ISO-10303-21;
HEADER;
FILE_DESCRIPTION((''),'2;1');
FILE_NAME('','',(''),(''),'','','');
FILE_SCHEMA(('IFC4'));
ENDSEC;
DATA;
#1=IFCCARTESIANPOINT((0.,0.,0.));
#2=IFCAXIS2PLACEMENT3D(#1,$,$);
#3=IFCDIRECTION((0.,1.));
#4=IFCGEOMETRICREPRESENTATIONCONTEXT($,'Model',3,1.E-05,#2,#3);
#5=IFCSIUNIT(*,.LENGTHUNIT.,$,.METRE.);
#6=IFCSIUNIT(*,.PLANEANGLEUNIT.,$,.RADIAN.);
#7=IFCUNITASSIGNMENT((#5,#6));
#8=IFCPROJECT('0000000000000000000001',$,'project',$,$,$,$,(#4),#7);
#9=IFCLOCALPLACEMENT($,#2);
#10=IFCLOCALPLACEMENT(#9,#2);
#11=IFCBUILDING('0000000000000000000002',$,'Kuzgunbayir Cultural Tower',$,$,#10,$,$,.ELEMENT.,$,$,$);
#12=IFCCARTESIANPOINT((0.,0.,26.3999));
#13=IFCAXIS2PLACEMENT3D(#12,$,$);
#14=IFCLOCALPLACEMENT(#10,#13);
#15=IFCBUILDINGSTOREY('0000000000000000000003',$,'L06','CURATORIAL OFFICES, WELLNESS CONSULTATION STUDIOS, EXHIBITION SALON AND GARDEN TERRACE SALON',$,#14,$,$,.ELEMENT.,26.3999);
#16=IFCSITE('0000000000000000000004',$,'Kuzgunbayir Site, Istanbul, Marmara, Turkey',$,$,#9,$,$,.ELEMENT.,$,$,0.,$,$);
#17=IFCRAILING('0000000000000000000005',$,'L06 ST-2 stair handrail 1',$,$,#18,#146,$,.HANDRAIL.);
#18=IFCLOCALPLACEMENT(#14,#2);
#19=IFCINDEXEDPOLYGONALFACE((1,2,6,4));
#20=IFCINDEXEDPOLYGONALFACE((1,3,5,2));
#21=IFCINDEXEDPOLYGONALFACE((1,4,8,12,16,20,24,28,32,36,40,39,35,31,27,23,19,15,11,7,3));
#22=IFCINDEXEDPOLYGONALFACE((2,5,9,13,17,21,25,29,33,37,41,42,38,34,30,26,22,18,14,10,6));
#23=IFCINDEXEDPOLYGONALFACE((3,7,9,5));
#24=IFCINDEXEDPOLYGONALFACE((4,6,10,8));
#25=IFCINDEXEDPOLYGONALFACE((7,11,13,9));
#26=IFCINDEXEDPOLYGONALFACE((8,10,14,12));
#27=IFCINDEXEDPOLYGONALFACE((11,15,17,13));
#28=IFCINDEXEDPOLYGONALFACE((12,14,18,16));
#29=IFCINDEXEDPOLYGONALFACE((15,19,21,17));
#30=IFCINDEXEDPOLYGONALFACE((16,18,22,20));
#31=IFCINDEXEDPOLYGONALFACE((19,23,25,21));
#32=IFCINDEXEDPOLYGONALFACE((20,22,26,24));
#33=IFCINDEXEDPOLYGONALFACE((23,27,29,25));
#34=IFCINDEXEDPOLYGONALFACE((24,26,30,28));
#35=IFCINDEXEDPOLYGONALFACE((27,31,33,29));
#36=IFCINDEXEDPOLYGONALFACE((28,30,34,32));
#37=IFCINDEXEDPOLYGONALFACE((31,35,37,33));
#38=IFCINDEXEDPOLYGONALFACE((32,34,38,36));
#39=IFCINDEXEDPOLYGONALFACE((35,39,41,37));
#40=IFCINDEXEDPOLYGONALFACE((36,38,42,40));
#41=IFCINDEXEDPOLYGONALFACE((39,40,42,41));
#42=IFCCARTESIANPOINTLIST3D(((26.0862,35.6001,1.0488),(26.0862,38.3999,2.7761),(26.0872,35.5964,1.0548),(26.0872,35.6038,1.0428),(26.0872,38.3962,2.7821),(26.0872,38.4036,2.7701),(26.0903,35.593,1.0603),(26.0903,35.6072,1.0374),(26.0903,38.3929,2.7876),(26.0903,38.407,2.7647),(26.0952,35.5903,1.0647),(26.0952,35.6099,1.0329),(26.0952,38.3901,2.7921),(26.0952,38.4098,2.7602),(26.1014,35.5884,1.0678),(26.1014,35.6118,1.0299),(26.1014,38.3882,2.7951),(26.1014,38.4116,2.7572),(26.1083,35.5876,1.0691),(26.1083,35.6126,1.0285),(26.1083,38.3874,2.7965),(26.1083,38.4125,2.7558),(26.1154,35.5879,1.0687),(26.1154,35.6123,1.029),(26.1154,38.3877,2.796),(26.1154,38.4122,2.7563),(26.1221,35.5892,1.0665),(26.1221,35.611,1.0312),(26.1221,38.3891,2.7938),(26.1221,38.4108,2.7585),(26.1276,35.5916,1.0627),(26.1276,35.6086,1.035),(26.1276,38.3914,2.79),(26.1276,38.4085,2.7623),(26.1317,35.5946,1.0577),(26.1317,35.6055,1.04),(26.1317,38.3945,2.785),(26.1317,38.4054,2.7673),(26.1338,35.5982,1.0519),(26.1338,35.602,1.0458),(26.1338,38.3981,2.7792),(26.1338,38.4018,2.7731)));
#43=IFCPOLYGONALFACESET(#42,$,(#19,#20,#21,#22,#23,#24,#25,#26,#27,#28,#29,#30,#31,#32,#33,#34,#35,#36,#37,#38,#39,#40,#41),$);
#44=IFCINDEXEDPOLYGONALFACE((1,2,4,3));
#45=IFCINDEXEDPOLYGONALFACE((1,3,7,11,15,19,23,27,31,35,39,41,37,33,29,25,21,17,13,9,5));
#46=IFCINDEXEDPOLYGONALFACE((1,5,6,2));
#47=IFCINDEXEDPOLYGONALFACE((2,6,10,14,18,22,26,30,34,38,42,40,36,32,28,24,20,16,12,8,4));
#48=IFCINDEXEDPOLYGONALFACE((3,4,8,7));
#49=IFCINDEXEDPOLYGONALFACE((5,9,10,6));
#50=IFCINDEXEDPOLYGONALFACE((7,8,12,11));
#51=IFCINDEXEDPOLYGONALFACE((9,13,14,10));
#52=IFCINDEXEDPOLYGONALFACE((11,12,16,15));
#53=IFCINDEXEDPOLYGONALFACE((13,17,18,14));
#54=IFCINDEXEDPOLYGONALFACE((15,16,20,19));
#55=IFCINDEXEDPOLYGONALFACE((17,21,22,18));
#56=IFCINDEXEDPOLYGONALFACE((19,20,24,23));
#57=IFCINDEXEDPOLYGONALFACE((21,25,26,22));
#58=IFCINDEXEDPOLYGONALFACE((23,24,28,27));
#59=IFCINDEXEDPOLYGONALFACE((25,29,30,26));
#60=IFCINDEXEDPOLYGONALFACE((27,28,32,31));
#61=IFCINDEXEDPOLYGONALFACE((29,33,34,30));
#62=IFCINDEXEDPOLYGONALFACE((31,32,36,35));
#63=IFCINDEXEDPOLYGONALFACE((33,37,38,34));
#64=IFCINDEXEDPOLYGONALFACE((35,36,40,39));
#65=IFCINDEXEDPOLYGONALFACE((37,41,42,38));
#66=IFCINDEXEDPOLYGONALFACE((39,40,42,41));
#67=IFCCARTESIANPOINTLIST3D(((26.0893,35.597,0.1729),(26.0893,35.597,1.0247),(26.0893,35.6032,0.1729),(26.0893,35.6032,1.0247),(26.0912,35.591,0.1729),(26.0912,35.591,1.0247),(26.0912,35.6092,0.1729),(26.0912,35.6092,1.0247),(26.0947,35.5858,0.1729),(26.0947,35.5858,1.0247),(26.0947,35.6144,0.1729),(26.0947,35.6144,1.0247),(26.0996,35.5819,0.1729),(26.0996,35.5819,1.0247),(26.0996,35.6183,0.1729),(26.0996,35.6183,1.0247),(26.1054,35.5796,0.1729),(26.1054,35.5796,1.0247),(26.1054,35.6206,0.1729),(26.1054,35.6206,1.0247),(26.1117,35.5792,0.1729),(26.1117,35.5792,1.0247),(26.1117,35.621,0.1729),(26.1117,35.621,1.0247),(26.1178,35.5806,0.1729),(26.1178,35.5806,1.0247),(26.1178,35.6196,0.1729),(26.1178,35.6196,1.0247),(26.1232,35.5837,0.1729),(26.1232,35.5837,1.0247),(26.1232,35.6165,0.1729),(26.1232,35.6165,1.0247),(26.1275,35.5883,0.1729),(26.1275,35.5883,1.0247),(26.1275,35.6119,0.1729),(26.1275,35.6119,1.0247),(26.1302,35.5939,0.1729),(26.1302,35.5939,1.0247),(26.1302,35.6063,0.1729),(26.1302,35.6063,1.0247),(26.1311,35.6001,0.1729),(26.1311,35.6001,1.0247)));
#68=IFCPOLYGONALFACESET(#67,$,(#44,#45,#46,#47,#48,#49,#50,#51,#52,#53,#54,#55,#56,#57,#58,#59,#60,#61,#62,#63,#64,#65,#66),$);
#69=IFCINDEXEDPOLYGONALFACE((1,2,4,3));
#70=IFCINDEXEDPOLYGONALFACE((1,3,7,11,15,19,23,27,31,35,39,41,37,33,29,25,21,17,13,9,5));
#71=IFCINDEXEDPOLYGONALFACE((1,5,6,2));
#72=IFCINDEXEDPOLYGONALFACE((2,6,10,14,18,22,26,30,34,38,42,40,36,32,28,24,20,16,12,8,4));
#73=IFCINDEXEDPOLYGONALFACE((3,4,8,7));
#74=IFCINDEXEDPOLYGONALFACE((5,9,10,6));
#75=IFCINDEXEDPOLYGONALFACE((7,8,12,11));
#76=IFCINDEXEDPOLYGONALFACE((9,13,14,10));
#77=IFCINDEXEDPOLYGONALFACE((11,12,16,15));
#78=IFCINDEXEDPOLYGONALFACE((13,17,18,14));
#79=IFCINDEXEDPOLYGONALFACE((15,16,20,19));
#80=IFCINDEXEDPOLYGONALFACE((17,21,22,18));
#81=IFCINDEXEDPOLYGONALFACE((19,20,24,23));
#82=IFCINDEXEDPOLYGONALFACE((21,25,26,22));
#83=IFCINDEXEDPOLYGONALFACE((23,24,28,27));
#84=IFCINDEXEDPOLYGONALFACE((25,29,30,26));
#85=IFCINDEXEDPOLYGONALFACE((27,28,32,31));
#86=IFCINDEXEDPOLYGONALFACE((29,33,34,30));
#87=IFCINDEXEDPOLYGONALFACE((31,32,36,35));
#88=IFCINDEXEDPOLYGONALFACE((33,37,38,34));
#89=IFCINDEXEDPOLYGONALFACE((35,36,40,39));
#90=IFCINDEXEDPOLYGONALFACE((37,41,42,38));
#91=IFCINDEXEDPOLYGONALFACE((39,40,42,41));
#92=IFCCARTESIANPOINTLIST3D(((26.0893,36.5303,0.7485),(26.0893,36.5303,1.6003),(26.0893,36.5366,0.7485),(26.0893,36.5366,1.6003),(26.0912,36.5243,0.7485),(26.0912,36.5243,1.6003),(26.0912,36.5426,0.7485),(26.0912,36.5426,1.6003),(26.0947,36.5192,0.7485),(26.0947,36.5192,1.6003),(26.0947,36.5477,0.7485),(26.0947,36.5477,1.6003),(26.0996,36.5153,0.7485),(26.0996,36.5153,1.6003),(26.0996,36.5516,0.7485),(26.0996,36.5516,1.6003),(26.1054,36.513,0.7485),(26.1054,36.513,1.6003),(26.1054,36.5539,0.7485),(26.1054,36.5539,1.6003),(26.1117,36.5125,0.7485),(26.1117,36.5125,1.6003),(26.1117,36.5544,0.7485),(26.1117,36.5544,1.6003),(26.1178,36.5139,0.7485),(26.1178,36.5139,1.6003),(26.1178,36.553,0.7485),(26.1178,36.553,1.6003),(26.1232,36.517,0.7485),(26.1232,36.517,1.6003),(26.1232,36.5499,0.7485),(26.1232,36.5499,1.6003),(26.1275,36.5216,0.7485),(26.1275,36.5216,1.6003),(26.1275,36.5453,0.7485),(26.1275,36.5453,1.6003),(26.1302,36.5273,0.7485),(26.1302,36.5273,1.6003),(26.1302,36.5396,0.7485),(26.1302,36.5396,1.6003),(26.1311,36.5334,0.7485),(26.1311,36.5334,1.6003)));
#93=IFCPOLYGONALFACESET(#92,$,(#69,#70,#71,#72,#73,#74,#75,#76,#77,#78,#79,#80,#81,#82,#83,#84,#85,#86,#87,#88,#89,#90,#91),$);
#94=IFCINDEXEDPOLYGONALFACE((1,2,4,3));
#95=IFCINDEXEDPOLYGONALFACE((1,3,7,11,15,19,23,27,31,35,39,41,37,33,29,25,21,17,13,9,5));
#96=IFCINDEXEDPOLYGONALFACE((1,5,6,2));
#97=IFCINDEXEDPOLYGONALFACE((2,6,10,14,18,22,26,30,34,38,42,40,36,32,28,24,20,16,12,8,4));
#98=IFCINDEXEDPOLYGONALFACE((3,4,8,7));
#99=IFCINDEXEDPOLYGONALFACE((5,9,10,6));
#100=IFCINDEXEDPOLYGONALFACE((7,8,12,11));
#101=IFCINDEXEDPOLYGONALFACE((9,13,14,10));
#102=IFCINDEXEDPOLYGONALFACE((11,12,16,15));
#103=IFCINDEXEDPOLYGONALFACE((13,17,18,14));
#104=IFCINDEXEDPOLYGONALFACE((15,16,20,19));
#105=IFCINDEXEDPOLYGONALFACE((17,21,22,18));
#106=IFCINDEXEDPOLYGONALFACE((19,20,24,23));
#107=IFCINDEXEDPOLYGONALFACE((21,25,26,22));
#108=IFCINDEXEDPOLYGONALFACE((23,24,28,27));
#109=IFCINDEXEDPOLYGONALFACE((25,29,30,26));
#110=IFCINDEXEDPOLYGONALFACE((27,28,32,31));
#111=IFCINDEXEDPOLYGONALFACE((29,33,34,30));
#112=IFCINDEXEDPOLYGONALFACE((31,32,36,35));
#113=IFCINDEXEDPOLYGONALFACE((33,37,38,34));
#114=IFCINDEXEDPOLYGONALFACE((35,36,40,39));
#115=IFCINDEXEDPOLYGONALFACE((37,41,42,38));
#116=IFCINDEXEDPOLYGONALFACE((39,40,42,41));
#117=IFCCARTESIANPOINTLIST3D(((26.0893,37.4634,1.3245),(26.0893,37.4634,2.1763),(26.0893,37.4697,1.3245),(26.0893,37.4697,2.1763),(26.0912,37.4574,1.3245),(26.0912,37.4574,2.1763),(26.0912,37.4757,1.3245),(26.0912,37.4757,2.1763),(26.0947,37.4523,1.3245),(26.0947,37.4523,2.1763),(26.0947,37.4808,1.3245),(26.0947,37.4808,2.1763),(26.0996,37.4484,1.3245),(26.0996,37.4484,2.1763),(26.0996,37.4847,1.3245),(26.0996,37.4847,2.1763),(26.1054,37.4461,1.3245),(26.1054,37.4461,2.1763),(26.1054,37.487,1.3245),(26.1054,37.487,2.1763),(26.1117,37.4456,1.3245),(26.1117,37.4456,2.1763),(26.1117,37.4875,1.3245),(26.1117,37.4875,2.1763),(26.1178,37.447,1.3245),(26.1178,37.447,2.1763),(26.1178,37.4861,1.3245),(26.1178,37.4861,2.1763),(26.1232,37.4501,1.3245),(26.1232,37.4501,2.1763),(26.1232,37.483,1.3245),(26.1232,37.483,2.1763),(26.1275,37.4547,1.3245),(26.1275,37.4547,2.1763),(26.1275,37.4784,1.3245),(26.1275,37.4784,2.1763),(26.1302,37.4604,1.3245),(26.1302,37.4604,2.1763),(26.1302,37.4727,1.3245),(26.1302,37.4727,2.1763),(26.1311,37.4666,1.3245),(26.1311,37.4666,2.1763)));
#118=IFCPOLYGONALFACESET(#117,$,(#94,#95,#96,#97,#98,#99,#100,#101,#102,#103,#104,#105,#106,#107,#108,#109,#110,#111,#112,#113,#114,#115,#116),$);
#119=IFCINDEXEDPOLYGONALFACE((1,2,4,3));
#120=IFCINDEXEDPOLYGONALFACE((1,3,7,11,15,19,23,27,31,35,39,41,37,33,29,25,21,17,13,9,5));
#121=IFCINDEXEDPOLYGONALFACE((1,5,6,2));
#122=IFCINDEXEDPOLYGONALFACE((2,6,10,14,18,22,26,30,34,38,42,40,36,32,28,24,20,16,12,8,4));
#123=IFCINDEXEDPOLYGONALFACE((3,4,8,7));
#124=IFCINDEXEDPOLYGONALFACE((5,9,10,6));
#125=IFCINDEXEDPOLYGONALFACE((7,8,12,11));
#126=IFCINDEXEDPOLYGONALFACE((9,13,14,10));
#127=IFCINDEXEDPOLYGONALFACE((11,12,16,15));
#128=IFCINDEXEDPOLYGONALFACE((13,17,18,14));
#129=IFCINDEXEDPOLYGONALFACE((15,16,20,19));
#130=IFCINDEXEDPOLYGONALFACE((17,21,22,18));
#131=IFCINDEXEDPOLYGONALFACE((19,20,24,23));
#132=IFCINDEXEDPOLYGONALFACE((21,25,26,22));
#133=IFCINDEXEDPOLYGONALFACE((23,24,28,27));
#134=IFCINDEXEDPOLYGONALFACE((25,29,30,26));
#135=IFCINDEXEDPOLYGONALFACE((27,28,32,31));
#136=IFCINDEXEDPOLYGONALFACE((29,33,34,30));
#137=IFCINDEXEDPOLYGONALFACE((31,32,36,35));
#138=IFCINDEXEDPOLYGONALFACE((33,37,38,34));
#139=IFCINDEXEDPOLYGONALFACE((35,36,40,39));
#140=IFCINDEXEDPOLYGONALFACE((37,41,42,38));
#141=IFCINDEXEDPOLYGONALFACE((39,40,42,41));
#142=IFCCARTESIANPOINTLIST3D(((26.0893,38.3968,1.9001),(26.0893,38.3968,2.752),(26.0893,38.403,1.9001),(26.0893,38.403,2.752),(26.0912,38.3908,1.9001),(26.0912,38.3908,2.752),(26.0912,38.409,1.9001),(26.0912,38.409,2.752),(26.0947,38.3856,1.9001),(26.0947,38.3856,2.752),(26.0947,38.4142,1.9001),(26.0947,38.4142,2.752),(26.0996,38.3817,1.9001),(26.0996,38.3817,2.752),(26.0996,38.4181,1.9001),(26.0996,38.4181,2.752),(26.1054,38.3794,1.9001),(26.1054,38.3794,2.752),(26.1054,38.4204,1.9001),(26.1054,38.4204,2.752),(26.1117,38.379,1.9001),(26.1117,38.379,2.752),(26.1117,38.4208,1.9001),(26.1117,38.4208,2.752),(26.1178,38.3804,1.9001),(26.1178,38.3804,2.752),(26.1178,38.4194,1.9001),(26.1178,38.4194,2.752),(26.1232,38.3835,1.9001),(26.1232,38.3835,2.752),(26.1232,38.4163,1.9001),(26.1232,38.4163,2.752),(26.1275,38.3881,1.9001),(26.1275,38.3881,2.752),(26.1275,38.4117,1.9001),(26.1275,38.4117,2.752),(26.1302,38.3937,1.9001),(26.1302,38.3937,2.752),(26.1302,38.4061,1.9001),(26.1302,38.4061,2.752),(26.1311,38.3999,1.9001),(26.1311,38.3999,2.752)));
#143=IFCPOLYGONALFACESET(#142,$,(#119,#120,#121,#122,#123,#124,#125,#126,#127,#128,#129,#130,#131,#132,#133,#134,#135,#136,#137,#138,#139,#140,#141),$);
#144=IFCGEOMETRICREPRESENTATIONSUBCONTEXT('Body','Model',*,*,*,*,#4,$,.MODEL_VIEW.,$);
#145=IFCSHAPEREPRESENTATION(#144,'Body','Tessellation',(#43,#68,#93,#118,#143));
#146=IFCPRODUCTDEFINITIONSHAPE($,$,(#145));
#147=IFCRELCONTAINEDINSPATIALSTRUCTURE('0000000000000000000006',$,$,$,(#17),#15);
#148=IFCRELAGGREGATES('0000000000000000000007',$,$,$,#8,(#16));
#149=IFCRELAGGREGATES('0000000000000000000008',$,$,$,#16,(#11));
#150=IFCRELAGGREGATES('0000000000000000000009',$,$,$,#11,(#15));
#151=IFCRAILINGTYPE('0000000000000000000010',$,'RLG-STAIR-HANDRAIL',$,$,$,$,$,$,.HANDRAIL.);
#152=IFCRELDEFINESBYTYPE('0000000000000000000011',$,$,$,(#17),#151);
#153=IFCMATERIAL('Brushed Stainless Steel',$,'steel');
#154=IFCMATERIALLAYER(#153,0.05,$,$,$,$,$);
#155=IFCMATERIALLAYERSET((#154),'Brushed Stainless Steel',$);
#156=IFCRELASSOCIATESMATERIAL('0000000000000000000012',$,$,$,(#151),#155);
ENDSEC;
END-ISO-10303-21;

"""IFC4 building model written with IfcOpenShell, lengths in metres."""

from ifc_helpers import new_model, si_unit, direction, frame, origin, origin_2d, place, context, subcontext, project, spatial, circle, extrude, material, layer, layer_set, type_object, element, save


model = new_model("IFC4")

# Units and contexts
model_context = context("Model", 3, precision=1e-05, world=origin(), true_north=direction((0.0, 1.0)))
body_context = subcontext(model_context, "Body", "Model", "MODEL_VIEW")
ifc_project = project(units=[si_unit("LENGTHUNIT", "METRE"), si_unit("PLANEANGLEUNIT", "RADIAN")], contexts=[model_context])

# Site, building, storey
site_placement = place(None, origin())
site = spatial("IfcSite", under=ifc_project, at=site_placement, Name="Kuzgunbayir Site, Istanbul, Marmara, Turkey", CompositionType="ELEMENT", RefElevation=0.0)
building_placement = place(site_placement, origin())
building = spatial("IfcBuilding", under=site, at=building_placement, Name="Kuzgunbayir Cultural Tower", CompositionType="ELEMENT")
storey_placement = place(building_placement, frame((0.0, 0.0, 26.3999)))
storey = spatial("IfcBuildingStorey", under=building, at=storey_placement, Name="L06", Description="CURATORIAL OFFICES, WELLNESS CONSULTATION STUDIOS, EXHIBITION SALON AND GARDEN TERRACE SALON", CompositionType="ELEMENT", Elevation=26.3999)

# Railing
ifc_material_1 = material(Name="Brushed Stainless Steel", Category="steel")
ifc_layer_1 = layer(ifc_material_1, 0.05)
ifc_layer_set_1 = layer_set([ifc_layer_1], Name="Brushed Stainless Steel")
railing_type_1 = type_object("IfcRailingType", Name="RLG-STAIR-HANDRAIL", PredefinedType="HANDRAIL", material=ifc_layer_set_1)
railing_1_placement = place(storey_placement, frame((26.1101, 35.6001, 0.1729)))
element("IfcRailing", 1, at=railing_1_placement, inside=storey, type_object=railing_type_1, Name="L06 ST-2 stair handrail 1", PredefinedType="HANDRAIL", context=body_context, shape_type="SweptSolid", body=[
    extrude(circle(Radius=0.0239, at=origin_2d()), frame((0.0, 0.0, 0.876), z_axis=(0.0, 0.851069, 0.525054), x_axis=(-1.0, 0.0, 0.0)), (0.0, 0.0, 1.0), 3.2898),
    extrude(circle(Radius=0.021, at=origin_2d()), origin(), (0.0, 0.0, 1.0), 0.8518),
    extrude(circle(Radius=0.021, at=origin_2d()), frame((0.0, 0.9333, 0.5757)), (0.0, 0.0, 1.0), 0.8518),
    extrude(circle(Radius=0.021, at=origin_2d()), frame((0.0, 1.8665, 1.1516)), (0.0, 0.0, 1.0), 0.8518),
    extrude(circle(Radius=0.021, at=origin_2d()), frame((0.0, 2.7998, 1.7273)), (0.0, 0.0, 1.0), 0.8518),
])

save(model, "model.ifc")
